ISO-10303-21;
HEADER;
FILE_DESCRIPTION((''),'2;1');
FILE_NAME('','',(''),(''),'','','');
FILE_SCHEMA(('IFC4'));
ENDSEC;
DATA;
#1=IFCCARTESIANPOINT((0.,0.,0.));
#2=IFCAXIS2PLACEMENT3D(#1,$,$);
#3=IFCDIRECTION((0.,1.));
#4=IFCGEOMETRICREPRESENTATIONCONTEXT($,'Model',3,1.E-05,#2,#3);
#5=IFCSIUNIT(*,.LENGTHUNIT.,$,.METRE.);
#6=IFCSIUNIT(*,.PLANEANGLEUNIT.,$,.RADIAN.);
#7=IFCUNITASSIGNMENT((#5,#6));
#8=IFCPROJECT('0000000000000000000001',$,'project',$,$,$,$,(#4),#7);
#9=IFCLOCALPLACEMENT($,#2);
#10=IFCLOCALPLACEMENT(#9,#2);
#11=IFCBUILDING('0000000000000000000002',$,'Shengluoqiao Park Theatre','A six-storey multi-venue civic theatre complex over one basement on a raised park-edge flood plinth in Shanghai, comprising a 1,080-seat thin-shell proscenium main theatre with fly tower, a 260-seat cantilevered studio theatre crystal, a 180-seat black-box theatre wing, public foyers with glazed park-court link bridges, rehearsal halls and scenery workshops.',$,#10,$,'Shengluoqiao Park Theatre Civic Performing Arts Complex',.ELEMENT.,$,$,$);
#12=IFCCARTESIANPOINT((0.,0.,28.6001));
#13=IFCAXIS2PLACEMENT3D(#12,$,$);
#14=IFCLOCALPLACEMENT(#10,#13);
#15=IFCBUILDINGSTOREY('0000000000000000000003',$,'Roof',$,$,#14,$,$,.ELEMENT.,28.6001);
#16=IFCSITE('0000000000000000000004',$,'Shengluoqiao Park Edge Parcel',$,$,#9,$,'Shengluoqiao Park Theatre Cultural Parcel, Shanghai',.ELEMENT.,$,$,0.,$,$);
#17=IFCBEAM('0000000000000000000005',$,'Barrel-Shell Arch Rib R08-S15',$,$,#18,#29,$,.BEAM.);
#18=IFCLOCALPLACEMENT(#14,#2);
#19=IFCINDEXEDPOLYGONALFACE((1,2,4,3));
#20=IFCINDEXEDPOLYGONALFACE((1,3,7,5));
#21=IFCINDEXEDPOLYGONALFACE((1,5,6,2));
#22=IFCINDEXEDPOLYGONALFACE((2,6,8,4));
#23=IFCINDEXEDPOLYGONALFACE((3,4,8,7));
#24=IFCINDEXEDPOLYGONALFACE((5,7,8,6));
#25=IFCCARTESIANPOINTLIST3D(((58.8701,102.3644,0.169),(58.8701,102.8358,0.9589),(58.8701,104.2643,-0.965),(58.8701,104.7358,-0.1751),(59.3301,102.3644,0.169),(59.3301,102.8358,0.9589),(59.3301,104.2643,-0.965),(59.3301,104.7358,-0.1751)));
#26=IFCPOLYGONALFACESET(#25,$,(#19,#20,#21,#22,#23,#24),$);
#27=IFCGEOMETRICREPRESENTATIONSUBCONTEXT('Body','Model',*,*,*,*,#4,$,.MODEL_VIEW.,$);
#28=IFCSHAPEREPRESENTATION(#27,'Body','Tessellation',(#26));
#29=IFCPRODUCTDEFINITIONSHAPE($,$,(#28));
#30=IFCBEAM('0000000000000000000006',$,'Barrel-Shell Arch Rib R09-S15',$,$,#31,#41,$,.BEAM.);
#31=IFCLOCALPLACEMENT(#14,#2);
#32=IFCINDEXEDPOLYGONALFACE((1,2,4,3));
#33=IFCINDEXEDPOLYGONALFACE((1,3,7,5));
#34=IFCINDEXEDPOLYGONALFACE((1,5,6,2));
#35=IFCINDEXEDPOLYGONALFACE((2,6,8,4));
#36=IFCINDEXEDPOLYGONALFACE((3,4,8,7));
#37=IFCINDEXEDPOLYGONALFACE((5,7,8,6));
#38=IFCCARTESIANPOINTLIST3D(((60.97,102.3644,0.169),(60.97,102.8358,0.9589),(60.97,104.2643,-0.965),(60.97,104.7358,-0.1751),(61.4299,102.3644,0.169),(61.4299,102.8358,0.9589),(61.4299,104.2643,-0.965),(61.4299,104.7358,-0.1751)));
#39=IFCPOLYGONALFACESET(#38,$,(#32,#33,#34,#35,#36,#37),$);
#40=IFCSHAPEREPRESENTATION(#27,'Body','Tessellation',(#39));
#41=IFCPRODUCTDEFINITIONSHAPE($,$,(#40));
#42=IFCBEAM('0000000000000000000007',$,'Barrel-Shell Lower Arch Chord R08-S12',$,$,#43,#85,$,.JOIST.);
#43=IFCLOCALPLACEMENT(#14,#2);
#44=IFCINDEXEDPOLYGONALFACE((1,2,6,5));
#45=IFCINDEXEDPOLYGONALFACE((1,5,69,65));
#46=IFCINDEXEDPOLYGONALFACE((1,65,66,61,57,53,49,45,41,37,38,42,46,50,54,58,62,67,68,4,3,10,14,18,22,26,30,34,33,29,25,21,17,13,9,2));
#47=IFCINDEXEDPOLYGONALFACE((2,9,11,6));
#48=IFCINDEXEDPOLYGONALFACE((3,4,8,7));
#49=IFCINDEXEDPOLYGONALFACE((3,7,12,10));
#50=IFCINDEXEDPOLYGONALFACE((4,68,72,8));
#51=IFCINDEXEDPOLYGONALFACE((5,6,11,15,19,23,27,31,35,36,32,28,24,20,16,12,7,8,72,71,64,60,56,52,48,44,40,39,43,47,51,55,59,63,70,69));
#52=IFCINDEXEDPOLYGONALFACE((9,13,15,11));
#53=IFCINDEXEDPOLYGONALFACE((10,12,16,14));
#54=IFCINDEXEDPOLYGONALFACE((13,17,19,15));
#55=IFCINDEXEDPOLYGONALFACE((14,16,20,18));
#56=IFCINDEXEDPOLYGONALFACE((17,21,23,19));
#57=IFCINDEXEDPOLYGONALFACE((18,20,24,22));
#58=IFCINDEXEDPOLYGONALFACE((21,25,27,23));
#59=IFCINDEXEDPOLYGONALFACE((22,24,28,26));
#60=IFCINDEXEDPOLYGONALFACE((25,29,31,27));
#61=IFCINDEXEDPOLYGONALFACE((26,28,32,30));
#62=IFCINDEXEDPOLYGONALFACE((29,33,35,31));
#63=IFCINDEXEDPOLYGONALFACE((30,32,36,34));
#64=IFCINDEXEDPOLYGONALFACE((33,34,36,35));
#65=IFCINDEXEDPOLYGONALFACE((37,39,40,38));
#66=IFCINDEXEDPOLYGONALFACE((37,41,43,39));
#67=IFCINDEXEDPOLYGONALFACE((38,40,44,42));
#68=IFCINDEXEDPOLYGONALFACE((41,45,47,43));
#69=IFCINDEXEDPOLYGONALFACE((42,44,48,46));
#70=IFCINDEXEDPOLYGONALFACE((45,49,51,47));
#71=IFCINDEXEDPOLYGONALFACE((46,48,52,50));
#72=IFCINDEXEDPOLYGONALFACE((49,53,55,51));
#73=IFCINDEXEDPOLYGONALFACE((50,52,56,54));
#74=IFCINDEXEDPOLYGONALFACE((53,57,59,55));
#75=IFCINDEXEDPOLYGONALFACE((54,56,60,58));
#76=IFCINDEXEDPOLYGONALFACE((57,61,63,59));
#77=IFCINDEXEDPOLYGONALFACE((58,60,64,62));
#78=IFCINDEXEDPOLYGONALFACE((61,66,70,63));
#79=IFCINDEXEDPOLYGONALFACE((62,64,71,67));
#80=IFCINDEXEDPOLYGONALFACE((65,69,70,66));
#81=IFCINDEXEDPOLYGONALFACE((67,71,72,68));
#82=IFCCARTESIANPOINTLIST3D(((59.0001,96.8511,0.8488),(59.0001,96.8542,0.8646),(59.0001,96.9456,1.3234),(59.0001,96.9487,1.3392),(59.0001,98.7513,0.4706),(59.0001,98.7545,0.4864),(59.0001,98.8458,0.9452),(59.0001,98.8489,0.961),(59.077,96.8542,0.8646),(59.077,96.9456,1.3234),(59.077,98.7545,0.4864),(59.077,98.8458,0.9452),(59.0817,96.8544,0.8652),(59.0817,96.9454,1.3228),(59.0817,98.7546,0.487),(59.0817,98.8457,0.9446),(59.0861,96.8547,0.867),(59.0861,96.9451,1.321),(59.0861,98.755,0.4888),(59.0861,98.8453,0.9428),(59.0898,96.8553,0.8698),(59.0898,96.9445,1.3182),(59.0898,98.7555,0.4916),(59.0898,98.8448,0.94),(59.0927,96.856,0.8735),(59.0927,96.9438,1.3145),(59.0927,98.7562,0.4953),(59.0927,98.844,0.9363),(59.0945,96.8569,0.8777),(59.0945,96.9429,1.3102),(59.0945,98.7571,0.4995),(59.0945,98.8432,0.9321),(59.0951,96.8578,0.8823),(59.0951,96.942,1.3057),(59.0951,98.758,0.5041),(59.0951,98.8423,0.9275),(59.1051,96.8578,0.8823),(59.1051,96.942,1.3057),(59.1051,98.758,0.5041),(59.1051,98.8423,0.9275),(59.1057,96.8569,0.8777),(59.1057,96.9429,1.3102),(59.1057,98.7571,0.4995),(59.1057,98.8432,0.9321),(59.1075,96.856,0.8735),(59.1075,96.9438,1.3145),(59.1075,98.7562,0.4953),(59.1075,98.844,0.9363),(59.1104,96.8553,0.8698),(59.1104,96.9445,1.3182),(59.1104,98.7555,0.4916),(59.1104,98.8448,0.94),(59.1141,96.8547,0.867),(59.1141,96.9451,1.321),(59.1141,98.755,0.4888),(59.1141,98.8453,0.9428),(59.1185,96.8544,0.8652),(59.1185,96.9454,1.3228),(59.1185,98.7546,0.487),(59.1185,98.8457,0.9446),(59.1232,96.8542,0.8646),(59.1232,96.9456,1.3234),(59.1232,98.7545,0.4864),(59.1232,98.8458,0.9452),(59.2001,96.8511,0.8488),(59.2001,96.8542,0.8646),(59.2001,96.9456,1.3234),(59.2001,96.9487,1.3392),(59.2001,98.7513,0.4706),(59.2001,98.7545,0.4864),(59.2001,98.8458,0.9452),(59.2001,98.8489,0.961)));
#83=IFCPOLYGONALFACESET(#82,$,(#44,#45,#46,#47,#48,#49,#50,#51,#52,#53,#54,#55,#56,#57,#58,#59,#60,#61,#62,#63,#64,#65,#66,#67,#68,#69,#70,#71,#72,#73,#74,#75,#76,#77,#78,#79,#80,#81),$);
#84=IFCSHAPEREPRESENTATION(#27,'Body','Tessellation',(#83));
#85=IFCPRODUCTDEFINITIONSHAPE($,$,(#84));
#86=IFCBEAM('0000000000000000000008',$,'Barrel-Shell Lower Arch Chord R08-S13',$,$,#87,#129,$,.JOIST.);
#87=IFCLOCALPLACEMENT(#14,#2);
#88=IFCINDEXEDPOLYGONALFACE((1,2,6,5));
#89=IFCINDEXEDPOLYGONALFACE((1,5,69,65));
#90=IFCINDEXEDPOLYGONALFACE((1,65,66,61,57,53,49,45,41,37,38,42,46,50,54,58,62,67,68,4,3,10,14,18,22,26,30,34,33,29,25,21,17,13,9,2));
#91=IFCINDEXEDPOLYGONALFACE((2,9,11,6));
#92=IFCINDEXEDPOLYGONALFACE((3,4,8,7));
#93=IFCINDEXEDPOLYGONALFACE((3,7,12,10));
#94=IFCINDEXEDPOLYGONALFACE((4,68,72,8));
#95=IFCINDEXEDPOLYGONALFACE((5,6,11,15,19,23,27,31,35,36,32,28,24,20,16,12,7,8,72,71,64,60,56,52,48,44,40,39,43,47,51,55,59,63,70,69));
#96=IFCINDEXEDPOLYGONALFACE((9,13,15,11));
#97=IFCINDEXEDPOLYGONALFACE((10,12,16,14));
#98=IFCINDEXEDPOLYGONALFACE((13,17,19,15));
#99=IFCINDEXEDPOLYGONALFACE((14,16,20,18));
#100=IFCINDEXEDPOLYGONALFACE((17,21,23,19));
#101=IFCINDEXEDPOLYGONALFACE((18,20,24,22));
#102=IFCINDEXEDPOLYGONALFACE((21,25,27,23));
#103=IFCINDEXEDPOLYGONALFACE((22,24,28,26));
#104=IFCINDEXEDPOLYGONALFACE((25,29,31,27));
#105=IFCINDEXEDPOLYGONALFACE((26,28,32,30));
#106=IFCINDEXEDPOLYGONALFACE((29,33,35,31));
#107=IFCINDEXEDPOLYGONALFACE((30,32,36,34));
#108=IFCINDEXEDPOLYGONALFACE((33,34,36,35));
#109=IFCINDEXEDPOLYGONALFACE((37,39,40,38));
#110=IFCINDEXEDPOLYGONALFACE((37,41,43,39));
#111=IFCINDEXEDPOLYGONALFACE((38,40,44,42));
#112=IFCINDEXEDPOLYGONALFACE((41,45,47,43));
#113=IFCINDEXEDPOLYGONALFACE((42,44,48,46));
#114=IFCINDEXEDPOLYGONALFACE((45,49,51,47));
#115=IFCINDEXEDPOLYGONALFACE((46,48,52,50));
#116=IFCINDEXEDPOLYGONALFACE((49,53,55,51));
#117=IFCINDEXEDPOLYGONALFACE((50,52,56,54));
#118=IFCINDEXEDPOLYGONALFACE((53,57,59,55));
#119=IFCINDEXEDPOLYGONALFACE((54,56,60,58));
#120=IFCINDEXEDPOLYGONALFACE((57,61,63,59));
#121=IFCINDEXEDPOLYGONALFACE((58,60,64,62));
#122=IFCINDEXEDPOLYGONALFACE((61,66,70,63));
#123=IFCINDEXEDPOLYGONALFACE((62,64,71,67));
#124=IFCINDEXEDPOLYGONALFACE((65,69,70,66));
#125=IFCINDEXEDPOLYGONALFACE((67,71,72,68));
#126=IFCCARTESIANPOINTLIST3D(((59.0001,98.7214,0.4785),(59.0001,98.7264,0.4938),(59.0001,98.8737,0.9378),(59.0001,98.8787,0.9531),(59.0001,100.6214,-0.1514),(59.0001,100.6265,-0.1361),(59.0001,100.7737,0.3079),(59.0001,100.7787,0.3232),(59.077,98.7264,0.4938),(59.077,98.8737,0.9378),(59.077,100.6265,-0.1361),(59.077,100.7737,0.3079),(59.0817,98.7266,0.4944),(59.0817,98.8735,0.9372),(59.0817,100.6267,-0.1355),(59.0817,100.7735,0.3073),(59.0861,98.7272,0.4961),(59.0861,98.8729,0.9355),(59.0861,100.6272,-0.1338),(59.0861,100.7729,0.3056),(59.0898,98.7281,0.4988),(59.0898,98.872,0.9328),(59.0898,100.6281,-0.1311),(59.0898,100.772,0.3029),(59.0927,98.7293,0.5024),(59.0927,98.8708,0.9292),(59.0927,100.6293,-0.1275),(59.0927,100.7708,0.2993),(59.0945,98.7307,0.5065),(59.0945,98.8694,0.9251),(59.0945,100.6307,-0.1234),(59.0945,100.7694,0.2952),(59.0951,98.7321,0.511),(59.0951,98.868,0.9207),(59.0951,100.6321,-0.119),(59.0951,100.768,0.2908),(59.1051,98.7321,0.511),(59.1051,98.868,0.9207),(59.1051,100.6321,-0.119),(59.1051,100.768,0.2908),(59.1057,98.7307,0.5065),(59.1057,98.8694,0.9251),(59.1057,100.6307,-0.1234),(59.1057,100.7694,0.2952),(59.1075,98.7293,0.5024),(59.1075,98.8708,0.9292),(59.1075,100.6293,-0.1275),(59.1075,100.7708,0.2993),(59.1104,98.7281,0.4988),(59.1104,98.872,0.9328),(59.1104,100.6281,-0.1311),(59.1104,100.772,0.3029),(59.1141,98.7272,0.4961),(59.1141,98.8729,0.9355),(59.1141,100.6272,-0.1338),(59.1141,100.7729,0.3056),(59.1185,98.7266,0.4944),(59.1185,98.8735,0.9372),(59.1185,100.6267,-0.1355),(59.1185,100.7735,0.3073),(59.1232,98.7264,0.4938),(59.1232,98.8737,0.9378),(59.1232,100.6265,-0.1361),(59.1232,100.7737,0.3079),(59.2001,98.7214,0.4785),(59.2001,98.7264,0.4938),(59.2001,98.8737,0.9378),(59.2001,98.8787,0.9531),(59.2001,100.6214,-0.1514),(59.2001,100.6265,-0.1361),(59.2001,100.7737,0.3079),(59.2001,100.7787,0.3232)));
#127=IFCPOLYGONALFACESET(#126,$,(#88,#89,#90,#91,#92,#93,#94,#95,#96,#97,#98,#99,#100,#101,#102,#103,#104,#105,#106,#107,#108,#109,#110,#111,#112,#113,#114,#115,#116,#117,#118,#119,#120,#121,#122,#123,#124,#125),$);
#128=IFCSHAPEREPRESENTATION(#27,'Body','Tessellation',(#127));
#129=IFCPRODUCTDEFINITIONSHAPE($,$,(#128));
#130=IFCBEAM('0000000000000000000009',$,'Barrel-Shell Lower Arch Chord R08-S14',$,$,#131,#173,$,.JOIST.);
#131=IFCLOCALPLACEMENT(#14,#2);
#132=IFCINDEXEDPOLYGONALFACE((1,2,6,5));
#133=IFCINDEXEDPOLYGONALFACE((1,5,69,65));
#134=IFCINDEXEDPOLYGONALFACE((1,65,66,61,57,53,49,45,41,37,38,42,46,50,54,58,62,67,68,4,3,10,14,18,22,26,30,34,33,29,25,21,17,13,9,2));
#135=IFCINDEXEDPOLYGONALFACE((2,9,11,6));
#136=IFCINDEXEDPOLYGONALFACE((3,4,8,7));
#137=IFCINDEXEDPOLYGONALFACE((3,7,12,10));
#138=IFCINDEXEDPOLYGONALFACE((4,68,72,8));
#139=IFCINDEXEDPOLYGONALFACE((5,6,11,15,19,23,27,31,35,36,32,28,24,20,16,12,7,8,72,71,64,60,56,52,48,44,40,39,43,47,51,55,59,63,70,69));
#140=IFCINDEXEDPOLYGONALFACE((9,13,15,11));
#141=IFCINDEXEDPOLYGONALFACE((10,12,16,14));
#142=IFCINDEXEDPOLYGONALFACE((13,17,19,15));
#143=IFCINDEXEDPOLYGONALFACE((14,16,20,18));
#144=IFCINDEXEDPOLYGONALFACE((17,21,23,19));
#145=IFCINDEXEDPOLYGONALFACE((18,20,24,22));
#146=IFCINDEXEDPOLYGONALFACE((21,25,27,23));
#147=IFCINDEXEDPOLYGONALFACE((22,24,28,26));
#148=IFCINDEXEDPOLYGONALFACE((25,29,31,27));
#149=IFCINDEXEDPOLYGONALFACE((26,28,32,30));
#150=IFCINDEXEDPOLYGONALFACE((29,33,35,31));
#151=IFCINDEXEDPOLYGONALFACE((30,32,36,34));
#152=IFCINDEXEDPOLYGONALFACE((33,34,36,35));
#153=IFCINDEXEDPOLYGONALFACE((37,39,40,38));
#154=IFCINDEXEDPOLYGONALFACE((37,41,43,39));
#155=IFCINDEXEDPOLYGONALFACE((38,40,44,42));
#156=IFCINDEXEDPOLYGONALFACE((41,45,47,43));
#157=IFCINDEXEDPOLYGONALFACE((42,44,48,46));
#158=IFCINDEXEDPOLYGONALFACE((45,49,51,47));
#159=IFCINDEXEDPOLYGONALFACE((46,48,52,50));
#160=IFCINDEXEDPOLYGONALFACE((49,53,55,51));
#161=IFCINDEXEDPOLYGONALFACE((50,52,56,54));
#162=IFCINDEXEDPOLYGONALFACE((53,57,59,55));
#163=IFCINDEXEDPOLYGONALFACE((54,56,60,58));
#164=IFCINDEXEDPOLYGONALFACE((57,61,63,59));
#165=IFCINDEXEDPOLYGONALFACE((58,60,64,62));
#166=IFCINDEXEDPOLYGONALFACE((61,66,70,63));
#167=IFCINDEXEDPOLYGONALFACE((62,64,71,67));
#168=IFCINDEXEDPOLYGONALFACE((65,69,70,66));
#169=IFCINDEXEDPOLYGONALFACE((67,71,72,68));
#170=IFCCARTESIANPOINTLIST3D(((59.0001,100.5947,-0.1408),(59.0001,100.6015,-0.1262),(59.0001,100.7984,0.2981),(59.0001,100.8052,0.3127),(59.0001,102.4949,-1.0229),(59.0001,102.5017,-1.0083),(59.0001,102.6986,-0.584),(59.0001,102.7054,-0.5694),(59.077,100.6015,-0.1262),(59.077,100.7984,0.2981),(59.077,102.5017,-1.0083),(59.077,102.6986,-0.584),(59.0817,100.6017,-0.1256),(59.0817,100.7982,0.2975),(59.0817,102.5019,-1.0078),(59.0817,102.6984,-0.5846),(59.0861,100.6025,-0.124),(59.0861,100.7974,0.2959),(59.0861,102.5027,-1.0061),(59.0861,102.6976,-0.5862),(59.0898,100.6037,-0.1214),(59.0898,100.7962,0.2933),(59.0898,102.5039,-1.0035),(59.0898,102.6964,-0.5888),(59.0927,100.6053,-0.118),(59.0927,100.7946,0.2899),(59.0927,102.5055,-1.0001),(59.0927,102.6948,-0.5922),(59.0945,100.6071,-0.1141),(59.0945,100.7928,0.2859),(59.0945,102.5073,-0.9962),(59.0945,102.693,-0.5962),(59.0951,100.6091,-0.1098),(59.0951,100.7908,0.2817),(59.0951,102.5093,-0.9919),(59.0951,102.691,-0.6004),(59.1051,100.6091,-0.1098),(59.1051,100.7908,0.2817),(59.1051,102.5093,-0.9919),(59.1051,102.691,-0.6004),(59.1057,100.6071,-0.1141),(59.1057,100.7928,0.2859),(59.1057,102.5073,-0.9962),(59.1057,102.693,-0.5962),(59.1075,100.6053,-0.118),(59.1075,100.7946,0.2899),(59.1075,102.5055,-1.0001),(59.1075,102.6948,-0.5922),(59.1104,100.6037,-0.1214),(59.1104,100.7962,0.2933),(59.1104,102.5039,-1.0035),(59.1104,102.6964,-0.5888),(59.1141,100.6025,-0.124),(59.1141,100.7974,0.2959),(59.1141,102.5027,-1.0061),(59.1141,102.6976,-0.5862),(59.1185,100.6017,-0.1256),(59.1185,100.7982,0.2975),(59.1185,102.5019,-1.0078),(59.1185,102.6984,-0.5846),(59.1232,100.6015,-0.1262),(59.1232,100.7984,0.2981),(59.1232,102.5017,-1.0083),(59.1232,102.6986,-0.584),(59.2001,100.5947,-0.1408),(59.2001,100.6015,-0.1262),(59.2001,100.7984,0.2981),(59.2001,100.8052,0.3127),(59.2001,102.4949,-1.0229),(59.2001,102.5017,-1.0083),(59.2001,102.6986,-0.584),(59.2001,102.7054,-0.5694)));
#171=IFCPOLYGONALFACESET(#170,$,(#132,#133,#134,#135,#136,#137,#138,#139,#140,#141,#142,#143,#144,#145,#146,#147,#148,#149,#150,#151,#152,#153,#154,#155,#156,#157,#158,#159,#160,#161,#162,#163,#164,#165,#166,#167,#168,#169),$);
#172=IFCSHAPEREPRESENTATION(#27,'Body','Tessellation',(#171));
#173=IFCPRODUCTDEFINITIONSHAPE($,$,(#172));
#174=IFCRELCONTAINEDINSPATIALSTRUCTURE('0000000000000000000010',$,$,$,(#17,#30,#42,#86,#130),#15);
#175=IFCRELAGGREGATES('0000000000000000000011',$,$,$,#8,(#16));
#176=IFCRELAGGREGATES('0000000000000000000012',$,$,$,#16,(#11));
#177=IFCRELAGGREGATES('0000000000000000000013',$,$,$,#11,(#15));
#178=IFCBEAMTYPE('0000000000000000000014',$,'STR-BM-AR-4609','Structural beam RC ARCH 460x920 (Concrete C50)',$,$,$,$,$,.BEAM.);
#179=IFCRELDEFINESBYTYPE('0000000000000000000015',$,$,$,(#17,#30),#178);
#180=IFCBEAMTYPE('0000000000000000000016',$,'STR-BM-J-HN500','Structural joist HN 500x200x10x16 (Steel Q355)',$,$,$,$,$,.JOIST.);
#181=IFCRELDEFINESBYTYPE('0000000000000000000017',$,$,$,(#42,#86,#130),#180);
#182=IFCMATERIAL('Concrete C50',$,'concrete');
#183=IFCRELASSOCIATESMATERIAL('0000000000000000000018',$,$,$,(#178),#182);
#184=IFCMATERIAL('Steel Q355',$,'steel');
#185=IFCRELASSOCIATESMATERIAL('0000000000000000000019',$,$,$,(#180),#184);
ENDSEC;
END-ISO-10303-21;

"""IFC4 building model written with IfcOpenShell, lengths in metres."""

from ifc_helpers import new_model, si_unit, direction, frame, origin, origin_2d, place, context, subcontext, project, spatial, rectangle, i_section, extrude, material, material_profile, profile_set, type_object, element, save


model = new_model("IFC4")

# Units and contexts
model_context = context("Model", 3, precision=1e-05, world=origin(), true_north=direction((0.0, 1.0)))
body_context = subcontext(model_context, "Body", "Model", "MODEL_VIEW")
ifc_project = project(units=[si_unit("LENGTHUNIT", "METRE"), si_unit("PLANEANGLEUNIT", "RADIAN")], contexts=[model_context])

# Site, building, storey
site_placement = place(None, origin())
site = spatial("IfcSite", under=ifc_project, at=site_placement, Name="Shengluoqiao Park Edge Parcel", LongName="Shengluoqiao Park Theatre Cultural Parcel, Shanghai", CompositionType="ELEMENT", RefElevation=0.0)
building_placement = place(site_placement, origin())
building = spatial("IfcBuilding", under=site, at=building_placement, Name="Shengluoqiao Park Theatre", Description="A six-storey multi-venue civic theatre complex over one basement on a raised park-edge flood plinth in Shanghai, comprising a 1,080-seat thin-shell proscenium main theatre with fly tower, a 260-seat cantilevered studio theatre crystal, a 180-seat black-box theatre wing, public foyers with glazed park-court link bridges, rehearsal halls and scenery workshops.", LongName="Shengluoqiao Park Theatre Civic Performing Arts Complex", CompositionType="ELEMENT")
storey_placement = place(building_placement, frame((0.0, 0.0, 28.6001)))
storey = spatial("IfcBuildingStorey", under=building, at=storey_placement, Name="Roof", CompositionType="ELEMENT", Elevation=28.6001)

# Beams
ifc_material_1 = material(Name="Concrete C50", Category="concrete")
ifc_material_profile_1 = material_profile(ifc_material_1, rectangle(XDim=0.46, YDim=0.9199, at=origin_2d()), Name="RC ARCH 460x920")
ifc_profile_set_1 = profile_set([ifc_material_profile_1], Name="Concrete C50")
beam_type_1 = type_object("IfcBeamType", Name="STR-BM-AR-4609", Description="Structural beam RC ARCH 460x920 (Concrete C50)", PredefinedType="BEAM", material=ifc_profile_set_1)
for number, where, z_axis, x_axis, name in (
    (1, (59.1001, 102.6001, 0.564), (0.0, 0.858669, -0.512531), (-1.0, 0.0, 0.0), "Barrel-Shell Arch Rib R08-S15"),
    (2, (61.2, 102.6001, 0.564), (0.0, 0.858669, -0.512531), (-1.0, 0.0, 0.0), "Barrel-Shell Arch Rib R09-S15"),
):
    element("IfcBeam", number, at=place(storey_placement, frame(where, z_axis=z_axis, x_axis=x_axis)), inside=storey, type_object=beam_type_1, Name=name, PredefinedType="BEAM", context=body_context, shape_type="SweptSolid", body=[
        extrude(rectangle(XDim=0.46, YDim=0.9199, at=origin_2d()), origin(), (0.0, 0.0, 1.0), 2.2126),
    ])
ifc_material_2 = material(Name="Steel Q355", Category="steel")
ifc_material_profile_2 = material_profile(ifc_material_2, i_section(OverallWidth=0.2, OverallDepth=0.5, WebThickness=0.01, FlangeThickness=0.0161, FilletRadius=0.0181, at=origin_2d()), Name="HN 500x200x10x16")
ifc_profile_set_2 = profile_set([ifc_material_profile_2], Name="Steel Q355")
beam_type_2 = type_object("IfcBeamType", Name="STR-BM-J-HN500", Description="Structural joist HN 500x200x10x16 (Steel Q355)", PredefinedType="JOIST", material=ifc_profile_set_2)
beam_1_placement = place(storey_placement, frame((59.1001, 96.8999, 1.094), z_axis=(0.0, 0.980764, -0.195195), x_axis=(-1.0, 0.0, 0.0)))
element("IfcBeam", 3, at=beam_1_placement, inside=storey, type_object=beam_type_2, Name="Barrel-Shell Lower Arch Chord R08-S12", PredefinedType="JOIST", context=body_context, shape_type="SweptSolid", body=[
    extrude(i_section(OverallWidth=0.2, OverallDepth=0.5, WebThickness=0.01, FlangeThickness=0.0161, FilletRadius=0.0181, at=origin_2d()), origin(), (0.0, 0.0, 1.0), 1.9375),
])
beam_2_placement = place(storey_placement, frame((59.1001, 98.8, 0.7158), z_axis=(0.0, 0.949194, -0.31469), x_axis=(-1.0, 0.0, 0.0)))
element("IfcBeam", 4, at=beam_2_placement, inside=storey, type_object=beam_type_2, Name="Barrel-Shell Lower Arch Chord R08-S13", PredefinedType="JOIST", context=body_context, shape_type="SweptSolid", body=[
    extrude(i_section(OverallWidth=0.2, OverallDepth=0.5, WebThickness=0.01, FlangeThickness=0.0161, FilletRadius=0.0181, at=origin_2d()), origin(), (0.0, 0.0, 1.0), 2.0017),
])
beam_3_placement = place(storey_placement, frame((59.1001, 100.7, 0.0859), z_axis=(0.0, 0.907033, -0.42106), x_axis=(-1.0, 0.0, 0.0)))
element("IfcBeam", 5, at=beam_3_placement, inside=storey, type_object=beam_type_2, Name="Barrel-Shell Lower Arch Chord R08-S14", PredefinedType="JOIST", context=body_context, shape_type="SweptSolid", body=[
    extrude(i_section(OverallWidth=0.2, OverallDepth=0.5, WebThickness=0.01, FlangeThickness=0.0161, FilletRadius=0.0181, at=origin_2d()), origin(), (0.0, 0.0, 1.0), 2.095),
])

save(model, "model.ifc")
